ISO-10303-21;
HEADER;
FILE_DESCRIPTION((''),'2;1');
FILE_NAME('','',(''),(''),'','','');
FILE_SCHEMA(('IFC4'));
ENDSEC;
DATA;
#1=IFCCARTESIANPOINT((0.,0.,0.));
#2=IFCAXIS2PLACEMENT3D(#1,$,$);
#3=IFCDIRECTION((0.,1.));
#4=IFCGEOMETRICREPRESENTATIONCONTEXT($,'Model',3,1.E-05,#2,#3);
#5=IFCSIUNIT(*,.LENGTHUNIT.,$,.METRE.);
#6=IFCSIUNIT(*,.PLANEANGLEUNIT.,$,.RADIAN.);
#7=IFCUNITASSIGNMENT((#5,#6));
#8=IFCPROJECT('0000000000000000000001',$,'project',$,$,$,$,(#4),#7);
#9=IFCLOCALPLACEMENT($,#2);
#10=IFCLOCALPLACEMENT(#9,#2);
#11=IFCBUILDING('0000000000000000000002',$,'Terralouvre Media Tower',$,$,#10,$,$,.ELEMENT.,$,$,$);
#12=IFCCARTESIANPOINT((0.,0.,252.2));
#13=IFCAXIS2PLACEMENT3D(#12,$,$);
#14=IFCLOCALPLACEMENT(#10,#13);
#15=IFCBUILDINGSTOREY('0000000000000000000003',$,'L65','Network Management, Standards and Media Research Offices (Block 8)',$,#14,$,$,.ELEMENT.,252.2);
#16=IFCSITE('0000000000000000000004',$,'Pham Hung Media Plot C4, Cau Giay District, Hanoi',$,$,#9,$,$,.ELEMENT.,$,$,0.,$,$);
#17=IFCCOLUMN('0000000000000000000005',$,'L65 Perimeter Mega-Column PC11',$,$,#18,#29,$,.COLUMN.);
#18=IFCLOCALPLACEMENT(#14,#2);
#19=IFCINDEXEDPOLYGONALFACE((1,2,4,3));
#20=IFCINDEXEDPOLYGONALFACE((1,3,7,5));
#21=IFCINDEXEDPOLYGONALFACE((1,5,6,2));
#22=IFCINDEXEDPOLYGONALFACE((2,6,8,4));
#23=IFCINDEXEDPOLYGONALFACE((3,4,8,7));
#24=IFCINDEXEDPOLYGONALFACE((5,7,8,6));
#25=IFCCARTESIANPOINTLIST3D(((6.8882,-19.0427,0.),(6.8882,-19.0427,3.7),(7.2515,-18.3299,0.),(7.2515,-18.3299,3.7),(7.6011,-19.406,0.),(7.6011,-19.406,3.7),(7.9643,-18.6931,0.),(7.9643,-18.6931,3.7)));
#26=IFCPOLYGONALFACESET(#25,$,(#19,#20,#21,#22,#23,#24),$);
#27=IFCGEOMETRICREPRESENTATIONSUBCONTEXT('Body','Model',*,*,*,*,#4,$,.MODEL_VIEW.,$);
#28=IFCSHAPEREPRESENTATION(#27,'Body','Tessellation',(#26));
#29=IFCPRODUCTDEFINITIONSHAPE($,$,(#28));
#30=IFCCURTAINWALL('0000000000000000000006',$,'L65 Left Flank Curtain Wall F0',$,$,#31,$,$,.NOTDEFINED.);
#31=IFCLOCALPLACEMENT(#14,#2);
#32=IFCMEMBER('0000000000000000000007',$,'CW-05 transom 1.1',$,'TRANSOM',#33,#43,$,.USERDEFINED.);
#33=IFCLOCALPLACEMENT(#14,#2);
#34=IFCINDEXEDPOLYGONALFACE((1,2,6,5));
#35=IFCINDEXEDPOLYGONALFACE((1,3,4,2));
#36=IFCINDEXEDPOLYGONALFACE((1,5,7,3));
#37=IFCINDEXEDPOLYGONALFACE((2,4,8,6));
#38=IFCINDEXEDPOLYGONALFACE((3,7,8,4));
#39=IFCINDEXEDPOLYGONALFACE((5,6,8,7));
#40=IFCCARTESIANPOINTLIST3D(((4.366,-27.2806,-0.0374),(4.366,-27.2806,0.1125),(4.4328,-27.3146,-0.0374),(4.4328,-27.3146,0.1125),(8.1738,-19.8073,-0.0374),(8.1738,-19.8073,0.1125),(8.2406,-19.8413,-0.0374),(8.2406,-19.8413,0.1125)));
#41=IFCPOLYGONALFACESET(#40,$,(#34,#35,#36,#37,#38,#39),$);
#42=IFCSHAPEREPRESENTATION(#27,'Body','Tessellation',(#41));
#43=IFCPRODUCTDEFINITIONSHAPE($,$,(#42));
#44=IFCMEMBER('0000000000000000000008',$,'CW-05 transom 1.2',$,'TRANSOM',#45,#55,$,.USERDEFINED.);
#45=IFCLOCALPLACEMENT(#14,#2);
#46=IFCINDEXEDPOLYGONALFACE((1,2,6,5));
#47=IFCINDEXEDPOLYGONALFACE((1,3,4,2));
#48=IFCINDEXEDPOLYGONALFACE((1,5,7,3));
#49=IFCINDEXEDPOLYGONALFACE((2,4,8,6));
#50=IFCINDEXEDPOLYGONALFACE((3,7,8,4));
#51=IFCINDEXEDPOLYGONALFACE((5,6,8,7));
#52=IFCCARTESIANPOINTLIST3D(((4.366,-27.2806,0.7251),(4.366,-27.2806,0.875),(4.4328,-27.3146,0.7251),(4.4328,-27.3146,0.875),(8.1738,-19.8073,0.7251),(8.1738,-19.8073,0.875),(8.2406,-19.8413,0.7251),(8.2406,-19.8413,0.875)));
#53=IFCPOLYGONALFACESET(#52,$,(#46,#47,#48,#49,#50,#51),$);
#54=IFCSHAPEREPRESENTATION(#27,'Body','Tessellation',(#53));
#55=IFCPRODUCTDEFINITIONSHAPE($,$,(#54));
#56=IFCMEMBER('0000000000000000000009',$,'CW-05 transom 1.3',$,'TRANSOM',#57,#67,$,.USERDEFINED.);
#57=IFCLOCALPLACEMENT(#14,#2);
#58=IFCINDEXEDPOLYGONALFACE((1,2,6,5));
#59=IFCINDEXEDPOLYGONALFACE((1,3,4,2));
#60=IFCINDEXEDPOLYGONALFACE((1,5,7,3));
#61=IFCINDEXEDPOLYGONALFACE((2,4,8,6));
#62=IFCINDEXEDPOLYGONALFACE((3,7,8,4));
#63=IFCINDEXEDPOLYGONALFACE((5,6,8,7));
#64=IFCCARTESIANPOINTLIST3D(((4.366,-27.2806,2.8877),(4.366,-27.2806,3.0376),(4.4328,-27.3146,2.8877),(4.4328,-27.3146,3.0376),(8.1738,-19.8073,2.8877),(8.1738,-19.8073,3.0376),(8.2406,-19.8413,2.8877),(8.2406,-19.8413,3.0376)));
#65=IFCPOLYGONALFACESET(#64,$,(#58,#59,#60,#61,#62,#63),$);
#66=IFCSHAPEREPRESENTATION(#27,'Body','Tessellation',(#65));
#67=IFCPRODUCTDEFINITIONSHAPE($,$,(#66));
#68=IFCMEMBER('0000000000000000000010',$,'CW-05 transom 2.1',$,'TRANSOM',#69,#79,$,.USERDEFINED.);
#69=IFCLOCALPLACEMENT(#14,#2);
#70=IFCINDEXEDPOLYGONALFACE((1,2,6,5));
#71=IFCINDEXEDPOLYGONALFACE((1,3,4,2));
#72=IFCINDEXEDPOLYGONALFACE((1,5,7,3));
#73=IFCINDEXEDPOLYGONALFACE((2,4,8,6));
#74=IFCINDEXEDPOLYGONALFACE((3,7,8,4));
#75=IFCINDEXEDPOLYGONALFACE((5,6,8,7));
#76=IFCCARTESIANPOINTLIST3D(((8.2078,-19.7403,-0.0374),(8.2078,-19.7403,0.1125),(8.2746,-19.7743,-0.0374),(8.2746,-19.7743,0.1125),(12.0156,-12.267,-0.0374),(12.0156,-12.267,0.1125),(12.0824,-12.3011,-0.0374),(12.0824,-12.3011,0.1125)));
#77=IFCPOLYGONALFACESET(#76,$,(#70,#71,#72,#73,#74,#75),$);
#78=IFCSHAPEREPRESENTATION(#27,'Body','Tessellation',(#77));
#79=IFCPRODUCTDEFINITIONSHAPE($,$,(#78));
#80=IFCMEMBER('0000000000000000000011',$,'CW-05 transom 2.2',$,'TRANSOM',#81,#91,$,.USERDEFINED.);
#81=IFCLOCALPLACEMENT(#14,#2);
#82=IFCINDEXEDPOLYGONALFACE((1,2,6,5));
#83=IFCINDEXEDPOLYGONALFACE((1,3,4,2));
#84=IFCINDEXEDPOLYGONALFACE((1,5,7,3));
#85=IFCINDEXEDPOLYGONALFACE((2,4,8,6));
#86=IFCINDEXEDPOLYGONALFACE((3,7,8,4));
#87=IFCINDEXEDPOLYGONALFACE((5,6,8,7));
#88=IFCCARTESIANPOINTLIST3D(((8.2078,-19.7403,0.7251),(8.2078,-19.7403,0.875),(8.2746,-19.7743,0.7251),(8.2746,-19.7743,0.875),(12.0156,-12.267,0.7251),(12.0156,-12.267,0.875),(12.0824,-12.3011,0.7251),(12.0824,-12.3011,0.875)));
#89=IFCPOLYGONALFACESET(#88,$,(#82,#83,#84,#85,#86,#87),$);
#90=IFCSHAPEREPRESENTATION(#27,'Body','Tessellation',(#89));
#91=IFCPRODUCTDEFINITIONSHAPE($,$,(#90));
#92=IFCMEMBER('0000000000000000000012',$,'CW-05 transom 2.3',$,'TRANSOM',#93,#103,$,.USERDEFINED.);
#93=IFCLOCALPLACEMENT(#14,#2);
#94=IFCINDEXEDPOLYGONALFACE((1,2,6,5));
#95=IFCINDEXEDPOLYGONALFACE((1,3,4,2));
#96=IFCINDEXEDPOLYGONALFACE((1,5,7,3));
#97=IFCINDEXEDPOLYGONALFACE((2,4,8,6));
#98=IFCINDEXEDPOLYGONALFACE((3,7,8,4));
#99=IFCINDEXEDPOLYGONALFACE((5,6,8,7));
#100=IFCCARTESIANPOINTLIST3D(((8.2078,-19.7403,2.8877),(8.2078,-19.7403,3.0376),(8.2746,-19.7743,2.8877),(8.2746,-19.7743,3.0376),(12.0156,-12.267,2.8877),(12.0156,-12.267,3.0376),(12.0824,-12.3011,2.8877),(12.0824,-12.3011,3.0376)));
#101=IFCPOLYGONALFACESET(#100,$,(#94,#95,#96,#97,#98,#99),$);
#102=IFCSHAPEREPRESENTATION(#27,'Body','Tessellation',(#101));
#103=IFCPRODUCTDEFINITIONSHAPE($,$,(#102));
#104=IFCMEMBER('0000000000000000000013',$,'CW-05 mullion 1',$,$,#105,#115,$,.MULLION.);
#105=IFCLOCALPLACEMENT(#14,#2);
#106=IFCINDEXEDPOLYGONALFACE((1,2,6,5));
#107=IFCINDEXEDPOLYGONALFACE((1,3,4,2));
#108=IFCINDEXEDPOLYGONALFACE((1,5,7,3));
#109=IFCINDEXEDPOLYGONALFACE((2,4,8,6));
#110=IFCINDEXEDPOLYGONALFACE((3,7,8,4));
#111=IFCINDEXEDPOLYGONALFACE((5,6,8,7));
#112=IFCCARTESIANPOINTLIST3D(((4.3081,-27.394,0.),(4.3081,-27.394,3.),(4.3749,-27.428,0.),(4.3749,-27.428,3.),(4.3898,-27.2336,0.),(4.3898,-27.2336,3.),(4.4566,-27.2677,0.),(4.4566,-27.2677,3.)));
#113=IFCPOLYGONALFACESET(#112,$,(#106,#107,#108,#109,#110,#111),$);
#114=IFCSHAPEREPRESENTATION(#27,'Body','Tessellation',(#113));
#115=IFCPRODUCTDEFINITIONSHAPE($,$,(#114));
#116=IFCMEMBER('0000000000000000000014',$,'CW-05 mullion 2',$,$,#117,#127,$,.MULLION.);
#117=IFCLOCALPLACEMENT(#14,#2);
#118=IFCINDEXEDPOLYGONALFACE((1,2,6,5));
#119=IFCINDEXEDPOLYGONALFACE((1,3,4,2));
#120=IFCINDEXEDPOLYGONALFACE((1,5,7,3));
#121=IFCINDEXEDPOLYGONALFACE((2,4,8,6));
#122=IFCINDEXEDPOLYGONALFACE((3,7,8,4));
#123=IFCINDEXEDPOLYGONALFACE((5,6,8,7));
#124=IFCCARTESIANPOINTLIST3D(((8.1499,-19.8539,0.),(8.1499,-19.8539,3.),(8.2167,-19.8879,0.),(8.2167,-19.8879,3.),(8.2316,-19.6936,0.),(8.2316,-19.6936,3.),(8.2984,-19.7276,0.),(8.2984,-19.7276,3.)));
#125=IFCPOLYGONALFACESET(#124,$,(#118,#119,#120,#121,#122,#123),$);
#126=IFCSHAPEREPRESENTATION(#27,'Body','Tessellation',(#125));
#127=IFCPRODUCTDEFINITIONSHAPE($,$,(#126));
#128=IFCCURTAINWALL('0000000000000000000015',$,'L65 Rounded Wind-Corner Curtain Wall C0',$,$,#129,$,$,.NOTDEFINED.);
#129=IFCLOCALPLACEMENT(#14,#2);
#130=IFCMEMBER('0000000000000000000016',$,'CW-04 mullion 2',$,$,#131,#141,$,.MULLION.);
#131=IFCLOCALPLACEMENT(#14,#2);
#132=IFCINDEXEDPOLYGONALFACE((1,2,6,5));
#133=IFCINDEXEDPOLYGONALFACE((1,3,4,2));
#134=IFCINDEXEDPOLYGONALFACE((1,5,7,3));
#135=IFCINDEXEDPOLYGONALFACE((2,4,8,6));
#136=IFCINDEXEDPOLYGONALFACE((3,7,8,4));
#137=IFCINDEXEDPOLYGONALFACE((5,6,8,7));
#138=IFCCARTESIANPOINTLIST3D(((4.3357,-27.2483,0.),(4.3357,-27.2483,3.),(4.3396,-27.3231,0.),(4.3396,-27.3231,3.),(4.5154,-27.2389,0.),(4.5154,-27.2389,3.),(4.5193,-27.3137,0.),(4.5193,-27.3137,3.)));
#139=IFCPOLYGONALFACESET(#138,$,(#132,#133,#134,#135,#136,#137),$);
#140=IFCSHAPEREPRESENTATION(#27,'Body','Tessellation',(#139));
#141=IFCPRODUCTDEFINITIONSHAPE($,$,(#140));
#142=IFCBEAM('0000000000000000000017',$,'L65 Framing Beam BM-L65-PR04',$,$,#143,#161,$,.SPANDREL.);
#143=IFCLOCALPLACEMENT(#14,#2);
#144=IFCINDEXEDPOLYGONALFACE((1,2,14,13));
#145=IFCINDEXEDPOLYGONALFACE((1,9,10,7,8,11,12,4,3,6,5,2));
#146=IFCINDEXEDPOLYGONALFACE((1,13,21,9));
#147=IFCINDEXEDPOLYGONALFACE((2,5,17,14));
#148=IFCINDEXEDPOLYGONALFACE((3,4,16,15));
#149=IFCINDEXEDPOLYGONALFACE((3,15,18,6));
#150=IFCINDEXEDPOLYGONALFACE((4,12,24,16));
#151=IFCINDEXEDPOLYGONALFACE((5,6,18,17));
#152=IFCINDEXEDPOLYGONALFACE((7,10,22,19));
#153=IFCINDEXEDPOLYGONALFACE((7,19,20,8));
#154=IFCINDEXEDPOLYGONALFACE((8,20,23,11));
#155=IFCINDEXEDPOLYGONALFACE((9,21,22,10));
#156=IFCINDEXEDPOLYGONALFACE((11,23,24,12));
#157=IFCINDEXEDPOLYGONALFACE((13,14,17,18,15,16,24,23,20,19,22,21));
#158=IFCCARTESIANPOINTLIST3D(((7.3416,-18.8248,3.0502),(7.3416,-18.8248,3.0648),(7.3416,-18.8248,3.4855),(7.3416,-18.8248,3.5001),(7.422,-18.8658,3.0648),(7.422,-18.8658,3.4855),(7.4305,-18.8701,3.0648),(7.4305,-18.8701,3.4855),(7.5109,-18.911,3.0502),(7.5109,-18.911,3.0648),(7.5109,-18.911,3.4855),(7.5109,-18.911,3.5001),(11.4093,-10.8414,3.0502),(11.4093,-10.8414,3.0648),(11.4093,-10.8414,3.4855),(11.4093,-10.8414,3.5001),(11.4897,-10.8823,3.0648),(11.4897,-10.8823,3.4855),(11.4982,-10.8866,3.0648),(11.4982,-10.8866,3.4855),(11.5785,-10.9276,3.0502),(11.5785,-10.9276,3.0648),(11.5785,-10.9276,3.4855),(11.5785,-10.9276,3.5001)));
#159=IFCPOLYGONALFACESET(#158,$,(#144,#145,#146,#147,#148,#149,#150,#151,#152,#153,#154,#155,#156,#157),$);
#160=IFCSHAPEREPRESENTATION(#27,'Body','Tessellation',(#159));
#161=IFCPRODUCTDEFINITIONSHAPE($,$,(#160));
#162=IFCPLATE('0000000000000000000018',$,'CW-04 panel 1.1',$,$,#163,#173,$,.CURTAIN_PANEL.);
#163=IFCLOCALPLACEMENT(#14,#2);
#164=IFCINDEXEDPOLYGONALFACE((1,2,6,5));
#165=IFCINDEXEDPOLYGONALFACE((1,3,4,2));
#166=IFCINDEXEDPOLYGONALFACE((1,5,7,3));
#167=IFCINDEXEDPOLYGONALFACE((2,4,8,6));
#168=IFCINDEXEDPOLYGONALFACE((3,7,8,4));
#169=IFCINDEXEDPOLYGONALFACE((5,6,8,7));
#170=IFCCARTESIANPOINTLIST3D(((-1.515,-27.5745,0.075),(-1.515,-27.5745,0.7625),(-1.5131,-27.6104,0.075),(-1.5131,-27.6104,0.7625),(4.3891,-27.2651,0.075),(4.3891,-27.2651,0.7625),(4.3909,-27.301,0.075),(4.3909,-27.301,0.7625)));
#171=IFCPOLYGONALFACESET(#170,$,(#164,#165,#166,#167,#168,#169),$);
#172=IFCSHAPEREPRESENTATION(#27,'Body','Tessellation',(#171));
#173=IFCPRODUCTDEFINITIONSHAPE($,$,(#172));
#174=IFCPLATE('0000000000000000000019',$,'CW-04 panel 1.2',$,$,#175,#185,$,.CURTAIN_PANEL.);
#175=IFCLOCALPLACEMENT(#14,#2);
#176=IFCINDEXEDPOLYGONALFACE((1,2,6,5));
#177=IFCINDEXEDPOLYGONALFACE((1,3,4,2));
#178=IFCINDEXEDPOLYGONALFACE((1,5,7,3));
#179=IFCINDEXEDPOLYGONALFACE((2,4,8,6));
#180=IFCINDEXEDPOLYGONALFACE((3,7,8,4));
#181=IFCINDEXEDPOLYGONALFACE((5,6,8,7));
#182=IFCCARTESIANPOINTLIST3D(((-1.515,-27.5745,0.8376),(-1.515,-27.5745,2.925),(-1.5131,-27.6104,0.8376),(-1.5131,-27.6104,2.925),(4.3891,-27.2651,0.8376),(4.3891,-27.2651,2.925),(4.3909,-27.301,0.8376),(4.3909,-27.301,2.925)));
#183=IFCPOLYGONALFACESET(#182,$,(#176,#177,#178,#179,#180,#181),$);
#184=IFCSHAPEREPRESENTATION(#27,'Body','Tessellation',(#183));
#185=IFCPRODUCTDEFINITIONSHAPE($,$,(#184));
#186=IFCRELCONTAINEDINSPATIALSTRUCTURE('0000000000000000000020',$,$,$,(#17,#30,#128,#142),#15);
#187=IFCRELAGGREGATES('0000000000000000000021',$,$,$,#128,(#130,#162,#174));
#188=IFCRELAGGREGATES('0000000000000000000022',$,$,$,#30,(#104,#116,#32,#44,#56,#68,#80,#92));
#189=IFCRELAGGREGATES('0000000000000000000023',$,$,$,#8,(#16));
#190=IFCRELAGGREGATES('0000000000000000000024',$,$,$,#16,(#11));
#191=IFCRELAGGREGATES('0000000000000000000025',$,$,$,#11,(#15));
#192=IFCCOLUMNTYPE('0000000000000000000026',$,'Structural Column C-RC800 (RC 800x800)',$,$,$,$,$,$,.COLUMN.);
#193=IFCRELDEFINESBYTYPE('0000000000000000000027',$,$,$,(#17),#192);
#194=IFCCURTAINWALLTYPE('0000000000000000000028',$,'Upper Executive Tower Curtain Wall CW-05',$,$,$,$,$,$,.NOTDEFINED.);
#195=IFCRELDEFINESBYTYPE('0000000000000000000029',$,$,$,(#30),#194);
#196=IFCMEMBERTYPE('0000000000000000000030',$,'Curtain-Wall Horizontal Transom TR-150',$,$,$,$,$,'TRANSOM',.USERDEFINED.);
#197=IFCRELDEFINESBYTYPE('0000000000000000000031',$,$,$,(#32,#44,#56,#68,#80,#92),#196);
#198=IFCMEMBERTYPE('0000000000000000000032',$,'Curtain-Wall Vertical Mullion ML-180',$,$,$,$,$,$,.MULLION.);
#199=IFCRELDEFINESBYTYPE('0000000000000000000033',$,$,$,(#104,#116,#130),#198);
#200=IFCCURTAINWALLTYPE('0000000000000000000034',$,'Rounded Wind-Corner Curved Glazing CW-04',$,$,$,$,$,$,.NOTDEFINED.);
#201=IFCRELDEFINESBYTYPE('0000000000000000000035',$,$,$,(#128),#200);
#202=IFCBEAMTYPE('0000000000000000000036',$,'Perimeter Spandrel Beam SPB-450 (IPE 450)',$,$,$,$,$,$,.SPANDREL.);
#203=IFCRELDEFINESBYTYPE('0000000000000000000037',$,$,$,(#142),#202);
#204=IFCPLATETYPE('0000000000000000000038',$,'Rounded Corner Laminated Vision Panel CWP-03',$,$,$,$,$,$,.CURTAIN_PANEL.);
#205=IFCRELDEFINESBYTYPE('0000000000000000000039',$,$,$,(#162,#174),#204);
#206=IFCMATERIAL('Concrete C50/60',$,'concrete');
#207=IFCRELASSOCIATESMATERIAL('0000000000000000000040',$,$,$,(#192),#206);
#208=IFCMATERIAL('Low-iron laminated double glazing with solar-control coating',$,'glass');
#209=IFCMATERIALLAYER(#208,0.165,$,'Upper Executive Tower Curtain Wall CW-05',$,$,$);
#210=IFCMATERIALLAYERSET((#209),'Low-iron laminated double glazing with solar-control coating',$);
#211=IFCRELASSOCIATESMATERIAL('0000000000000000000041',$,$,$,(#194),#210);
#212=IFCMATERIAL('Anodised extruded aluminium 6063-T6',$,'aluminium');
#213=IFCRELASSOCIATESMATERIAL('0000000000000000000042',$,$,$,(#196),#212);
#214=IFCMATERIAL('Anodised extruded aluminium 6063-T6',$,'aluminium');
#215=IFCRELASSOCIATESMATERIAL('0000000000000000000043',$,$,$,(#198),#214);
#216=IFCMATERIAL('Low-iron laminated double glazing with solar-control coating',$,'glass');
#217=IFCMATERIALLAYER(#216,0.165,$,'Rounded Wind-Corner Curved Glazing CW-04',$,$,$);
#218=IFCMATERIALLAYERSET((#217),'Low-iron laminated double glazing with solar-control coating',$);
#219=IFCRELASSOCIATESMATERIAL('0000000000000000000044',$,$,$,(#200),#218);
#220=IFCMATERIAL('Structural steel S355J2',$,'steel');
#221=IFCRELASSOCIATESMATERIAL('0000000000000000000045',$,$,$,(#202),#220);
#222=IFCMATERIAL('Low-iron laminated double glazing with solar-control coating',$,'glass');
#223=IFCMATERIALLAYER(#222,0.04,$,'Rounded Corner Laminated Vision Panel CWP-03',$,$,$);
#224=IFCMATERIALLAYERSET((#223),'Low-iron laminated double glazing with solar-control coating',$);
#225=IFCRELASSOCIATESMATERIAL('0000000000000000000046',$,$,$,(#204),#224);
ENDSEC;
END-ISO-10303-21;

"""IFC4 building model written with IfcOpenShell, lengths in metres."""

from ifc_helpers import new_model, si_unit, direction, frame, origin, origin_2d, place, context, subcontext, project, spatial, rectangle, i_section, extrude, material, layer, layer_set, material_profile, profile_set, type_object, element, aggregate, save


model = new_model("IFC4")

# Units and contexts
model_context = context("Model", 3, precision=1e-05, world=origin(), true_north=direction((0.0, 1.0)))
body_context = subcontext(model_context, "Body", "Model", "MODEL_VIEW")
ifc_project = project(units=[si_unit("LENGTHUNIT", "METRE"), si_unit("PLANEANGLEUNIT", "RADIAN")], contexts=[model_context])

# Site, building, storey
site_placement = place(None, origin())
site = spatial("IfcSite", under=ifc_project, at=site_placement, Name="Pham Hung Media Plot C4, Cau Giay District, Hanoi", CompositionType="ELEMENT", RefElevation=0.0)
building_placement = place(site_placement, origin())
building = spatial("IfcBuilding", under=site, at=building_placement, Name="Terralouvre Media Tower", CompositionType="ELEMENT")
storey_placement = place(building_placement, frame((0.0, 0.0, 252.2)))
storey = spatial("IfcBuildingStorey", under=building, at=storey_placement, Name="L65", Description="Network Management, Standards and Media Research Offices (Block 8)", CompositionType="ELEMENT", Elevation=252.2)

# Column
ifc_material_1 = material(Name="Concrete C50/60", Category="concrete")
ifc_material_profile_1 = material_profile(ifc_material_1, rectangle(XDim=0.8, YDim=0.8, at=origin_2d()), Name="RC 800x800")
ifc_profile_set_1 = profile_set([ifc_material_profile_1], Name="Concrete C50/60")
column_type = type_object("IfcColumnType", Name="Structural Column C-RC800 (RC 800x800)", PredefinedType="COLUMN", material=ifc_profile_set_1)
column_placement = place(storey_placement, frame((7.4263, -18.8679, 0.0), z_axis=(0.0, 0.0, 1.0), x_axis=(0.45399, 0.891007, 0.0)))
element("IfcColumn", 1, at=column_placement, inside=storey, type_object=column_type, Name="L65 Perimeter Mega-Column PC11", PredefinedType="COLUMN", context=body_context, shape_type="SweptSolid", body=[
    extrude(rectangle(XDim=0.8, YDim=0.8, at=origin_2d()), origin(), (0.0, 0.0, 1.0), 3.7),
])

# Curtain wall, members
ifc_material_2 = material(Name="Low-iron laminated double glazing with solar-control coating", Category="glass")
ifc_layer_1 = layer(ifc_material_2, 0.165, Name="Upper Executive Tower Curtain Wall CW-05")
ifc_layer_set_1 = layer_set([ifc_layer_1], Name="Low-iron laminated double glazing with solar-control coating")
curtain_wall_type_1 = type_object("IfcCurtainWallType", Name="Upper Executive Tower Curtain Wall CW-05", PredefinedType="NOTDEFINED", material=ifc_layer_set_1)
curtain_wall_1_placement = place(storey_placement, origin())
curtain_wall_1 = element("IfcCurtainWall", 2, at=curtain_wall_1_placement, inside=storey, type_object=curtain_wall_type_1, Name="L65 Left Flank Curtain Wall F0", PredefinedType="NOTDEFINED")
ifc_material_3 = material(Name="Anodised extruded aluminium 6063-T6", Category="aluminium")
ifc_material_profile_2 = material_profile(ifc_material_3, rectangle(XDim=0.075, YDim=0.1499, at=origin_2d()), Name="ALU 75x150")
ifc_profile_set_2 = profile_set([ifc_material_profile_2], Name="Anodised extruded aluminium 6063-T6")
member_type_1 = type_object("IfcMemberType", Name="Curtain-Wall Horizontal Transom TR-150", ElementType="TRANSOM", PredefinedType="USERDEFINED", material=ifc_profile_set_2)
member_1_placement = place(storey_placement, frame((4.3994, -27.2976, 0.0376), z_axis=(0.453989, 0.891008, 0.0), x_axis=(-0.891008, 0.453989, 0.0)))
member_1 = element("IfcMember", 3, at=member_1_placement, type_object=member_type_1, Name="CW-05 transom 1.1", ObjectType="TRANSOM", PredefinedType="USERDEFINED", context=body_context, shape_type="SweptSolid", body=[
    extrude(rectangle(XDim=0.075, YDim=0.1499, at=origin_2d()), origin(), (0.0, 0.0, 1.0), 8.3875),
])
member_2_placement = place(storey_placement, frame((4.3994, -27.2976, 0.8), z_axis=(0.453989, 0.891008, 0.0), x_axis=(-0.891008, 0.453989, 0.0)))
member_2 = element("IfcMember", 4, at=member_2_placement, type_object=member_type_1, Name="CW-05 transom 1.2", ObjectType="TRANSOM", PredefinedType="USERDEFINED", context=body_context, shape_type="SweptSolid", body=[
    extrude(rectangle(XDim=0.075, YDim=0.1499, at=origin_2d()), origin(), (0.0, 0.0, 1.0), 8.3875),
])
member_3_placement = place(storey_placement, frame((4.3994, -27.2976, 2.9626), z_axis=(0.453989, 0.891008, 0.0), x_axis=(-0.891008, 0.453989, 0.0)))
member_3 = element("IfcMember", 5, at=member_3_placement, type_object=member_type_1, Name="CW-05 transom 1.3", ObjectType="TRANSOM", PredefinedType="USERDEFINED", context=body_context, shape_type="SweptSolid", body=[
    extrude(rectangle(XDim=0.075, YDim=0.1499, at=origin_2d()), origin(), (0.0, 0.0, 1.0), 8.3875),
])
member_4_placement = place(storey_placement, frame((8.2412, -19.7573, 0.0376), z_axis=(0.453989, 0.891008, 0.0), x_axis=(-0.891008, 0.453989, 0.0)))
member_4 = element("IfcMember", 6, at=member_4_placement, type_object=member_type_1, Name="CW-05 transom 2.1", ObjectType="TRANSOM", PredefinedType="USERDEFINED", context=body_context, shape_type="SweptSolid", body=[
    extrude(rectangle(XDim=0.075, YDim=0.1499, at=origin_2d()), origin(), (0.0, 0.0, 1.0), 8.3875),
])
member_5_placement = place(storey_placement, frame((8.2412, -19.7573, 0.8), z_axis=(0.453989, 0.891008, 0.0), x_axis=(-0.891008, 0.453989, 0.0)))
member_5 = element("IfcMember", 7, at=member_5_placement, type_object=member_type_1, Name="CW-05 transom 2.2", ObjectType="TRANSOM", PredefinedType="USERDEFINED", context=body_context, shape_type="SweptSolid", body=[
    extrude(rectangle(XDim=0.075, YDim=0.1499, at=origin_2d()), origin(), (0.0, 0.0, 1.0), 8.3875),
])
member_6_placement = place(storey_placement, frame((8.2412, -19.7573, 2.9626), z_axis=(0.453989, 0.891008, 0.0), x_axis=(-0.891008, 0.453989, 0.0)))
member_6 = element("IfcMember", 8, at=member_6_placement, type_object=member_type_1, Name="CW-05 transom 2.3", ObjectType="TRANSOM", PredefinedType="USERDEFINED", context=body_context, shape_type="SweptSolid", body=[
    extrude(rectangle(XDim=0.075, YDim=0.1499, at=origin_2d()), origin(), (0.0, 0.0, 1.0), 8.3875),
])
ifc_material_4 = material(Name="Anodised extruded aluminium 6063-T6", Category="aluminium")
ifc_material_profile_3 = material_profile(ifc_material_4, rectangle(XDim=0.075, YDim=0.1799, at=origin_2d()), Name="ALU 75x180")
ifc_profile_set_3 = profile_set([ifc_material_profile_3], Name="Anodised extruded aluminium 6063-T6")
member_type_2 = type_object("IfcMemberType", Name="Curtain-Wall Vertical Mullion ML-180", PredefinedType="MULLION", material=ifc_profile_set_3)
member_7_placement = place(storey_placement, frame((4.3823, -27.3308, 0.0), z_axis=(0.0, 0.0, 1.0), x_axis=(-0.891007, 0.45399, 0.0)))
member_7 = element("IfcMember", 9, at=member_7_placement, type_object=member_type_2, Name="CW-05 mullion 1", PredefinedType="MULLION", context=body_context, shape_type="SweptSolid", body=[
    extrude(rectangle(XDim=0.075, YDim=0.1799, at=origin_2d()), origin(), (0.0, 0.0, 1.0), 3.0),
])
member_8_placement = place(storey_placement, frame((8.2241, -19.7908, 0.0), z_axis=(0.0, 0.0, 1.0), x_axis=(-0.891007, 0.45399, 0.0)))
member_8 = element("IfcMember", 10, at=member_8_placement, type_object=member_type_2, Name="CW-05 mullion 2", PredefinedType="MULLION", context=body_context, shape_type="SweptSolid", body=[
    extrude(rectangle(XDim=0.075, YDim=0.1799, at=origin_2d()), origin(), (0.0, 0.0, 1.0), 3.0),
])

# Curtain wall, member
ifc_material_5 = material(Name="Low-iron laminated double glazing with solar-control coating", Category="glass")
ifc_layer_2 = layer(ifc_material_5, 0.165, Name="Rounded Wind-Corner Curved Glazing CW-04")
ifc_layer_set_2 = layer_set([ifc_layer_2], Name="Low-iron laminated double glazing with solar-control coating")
curtain_wall_type_2 = type_object("IfcCurtainWallType", Name="Rounded Wind-Corner Curved Glazing CW-04", PredefinedType="NOTDEFINED", material=ifc_layer_set_2)
curtain_wall_2_placement = place(storey_placement, origin())
curtain_wall_2 = element("IfcCurtainWall", 11, at=curtain_wall_2_placement, inside=storey, type_object=curtain_wall_type_2, Name="L65 Rounded Wind-Corner Curtain Wall C0", PredefinedType="NOTDEFINED")
member_9_placement = place(storey_placement, frame((4.4275, -27.281, 0.0), z_axis=(0.0, 0.0, 1.0), x_axis=(-0.052336, 0.99863, 0.0)))
member_9 = element("IfcMember", 12, at=member_9_placement, type_object=member_type_2, Name="CW-04 mullion 2", PredefinedType="MULLION", context=body_context, shape_type="SweptSolid", body=[
    extrude(rectangle(XDim=0.075, YDim=0.1799, at=origin_2d()), origin(), (0.0, 0.0, 1.0), 3.0),
])

# Beam
ifc_material_6 = material(Name="Structural steel S355J2", Category="steel")
ifc_material_profile_4 = material_profile(ifc_material_6, i_section(OverallWidth=0.1899, OverallDepth=0.45, WebThickness=0.0095, FlangeThickness=0.0146, at=origin_2d()), Name="IPE 450")
ifc_profile_set_4 = profile_set([ifc_material_profile_4], Name="Structural steel S355J2")
beam_type = type_object("IfcBeamType", Name="Perimeter Spandrel Beam SPB-450 (IPE 450)", PredefinedType="SPANDREL", material=ifc_profile_set_4)
beam_placement = place(storey_placement, frame((7.4263, -18.8679, 3.2751), z_axis=(0.45398, 0.891012, 0.0), x_axis=(-0.891012, 0.45398, 0.0)))
element("IfcBeam", 13, at=beam_placement, inside=storey, type_object=beam_type, Name="L65 Framing Beam BM-L65-PR04", PredefinedType="SPANDREL", context=body_context, shape_type="SweptSolid", body=[
    extrude(i_section(OverallWidth=0.1899, OverallDepth=0.45, WebThickness=0.0095, FlangeThickness=0.0146, at=origin_2d()), origin(), (0.0, 0.0, 1.0), 8.96),
])

# Plates
ifc_material_7 = material(Name="Low-iron laminated double glazing with solar-control coating", Category="glass")
ifc_layer_3 = layer(ifc_material_7, 0.04, Name="Rounded Corner Laminated Vision Panel CWP-03")
ifc_layer_set_3 = layer_set([ifc_layer_3], Name="Low-iron laminated double glazing with solar-control coating")
plate_type_1 = type_object("IfcPlateType", Name="Rounded Corner Laminated Vision Panel CWP-03", PredefinedType="CURTAIN_PANEL", material=ifc_layer_set_3)
plate_1_placement = place(storey_placement, frame((1.438, -27.4377, 0.075), z_axis=(0.0, 0.0, 1.0), x_axis=(0.99863, 0.052336, 0.0)))
plate_1 = element("IfcPlate", 14, at=plate_1_placement, type_object=plate_type_1, Name="CW-04 panel 1.1", PredefinedType="CURTAIN_PANEL", context=body_context, shape_type="SweptSolid", body=[
    extrude(rectangle(XDim=5.9121, YDim=0.0359, at=origin_2d()), origin(), (0.0, 0.0, 1.0), 0.6875),
])
plate_2_placement = place(storey_placement, frame((1.438, -27.4377, 0.8376), z_axis=(0.0, 0.0, 1.0), x_axis=(0.99863, 0.052336, 0.0)))
plate_2 = element("IfcPlate", 15, at=plate_2_placement, type_object=plate_type_1, Name="CW-04 panel 1.2", PredefinedType="CURTAIN_PANEL", context=body_context, shape_type="SweptSolid", body=[
    extrude(rectangle(XDim=5.9121, YDim=0.0359, at=origin_2d()), origin(), (0.0, 0.0, 1.0), 2.0874),
])
aggregate(curtain_wall_2, [member_9, plate_1, plate_2])
aggregate(curtain_wall_1, [member_7, member_8, member_1, member_2, member_3, member_4, member_5, member_6])

save(model, "model.ifc")
